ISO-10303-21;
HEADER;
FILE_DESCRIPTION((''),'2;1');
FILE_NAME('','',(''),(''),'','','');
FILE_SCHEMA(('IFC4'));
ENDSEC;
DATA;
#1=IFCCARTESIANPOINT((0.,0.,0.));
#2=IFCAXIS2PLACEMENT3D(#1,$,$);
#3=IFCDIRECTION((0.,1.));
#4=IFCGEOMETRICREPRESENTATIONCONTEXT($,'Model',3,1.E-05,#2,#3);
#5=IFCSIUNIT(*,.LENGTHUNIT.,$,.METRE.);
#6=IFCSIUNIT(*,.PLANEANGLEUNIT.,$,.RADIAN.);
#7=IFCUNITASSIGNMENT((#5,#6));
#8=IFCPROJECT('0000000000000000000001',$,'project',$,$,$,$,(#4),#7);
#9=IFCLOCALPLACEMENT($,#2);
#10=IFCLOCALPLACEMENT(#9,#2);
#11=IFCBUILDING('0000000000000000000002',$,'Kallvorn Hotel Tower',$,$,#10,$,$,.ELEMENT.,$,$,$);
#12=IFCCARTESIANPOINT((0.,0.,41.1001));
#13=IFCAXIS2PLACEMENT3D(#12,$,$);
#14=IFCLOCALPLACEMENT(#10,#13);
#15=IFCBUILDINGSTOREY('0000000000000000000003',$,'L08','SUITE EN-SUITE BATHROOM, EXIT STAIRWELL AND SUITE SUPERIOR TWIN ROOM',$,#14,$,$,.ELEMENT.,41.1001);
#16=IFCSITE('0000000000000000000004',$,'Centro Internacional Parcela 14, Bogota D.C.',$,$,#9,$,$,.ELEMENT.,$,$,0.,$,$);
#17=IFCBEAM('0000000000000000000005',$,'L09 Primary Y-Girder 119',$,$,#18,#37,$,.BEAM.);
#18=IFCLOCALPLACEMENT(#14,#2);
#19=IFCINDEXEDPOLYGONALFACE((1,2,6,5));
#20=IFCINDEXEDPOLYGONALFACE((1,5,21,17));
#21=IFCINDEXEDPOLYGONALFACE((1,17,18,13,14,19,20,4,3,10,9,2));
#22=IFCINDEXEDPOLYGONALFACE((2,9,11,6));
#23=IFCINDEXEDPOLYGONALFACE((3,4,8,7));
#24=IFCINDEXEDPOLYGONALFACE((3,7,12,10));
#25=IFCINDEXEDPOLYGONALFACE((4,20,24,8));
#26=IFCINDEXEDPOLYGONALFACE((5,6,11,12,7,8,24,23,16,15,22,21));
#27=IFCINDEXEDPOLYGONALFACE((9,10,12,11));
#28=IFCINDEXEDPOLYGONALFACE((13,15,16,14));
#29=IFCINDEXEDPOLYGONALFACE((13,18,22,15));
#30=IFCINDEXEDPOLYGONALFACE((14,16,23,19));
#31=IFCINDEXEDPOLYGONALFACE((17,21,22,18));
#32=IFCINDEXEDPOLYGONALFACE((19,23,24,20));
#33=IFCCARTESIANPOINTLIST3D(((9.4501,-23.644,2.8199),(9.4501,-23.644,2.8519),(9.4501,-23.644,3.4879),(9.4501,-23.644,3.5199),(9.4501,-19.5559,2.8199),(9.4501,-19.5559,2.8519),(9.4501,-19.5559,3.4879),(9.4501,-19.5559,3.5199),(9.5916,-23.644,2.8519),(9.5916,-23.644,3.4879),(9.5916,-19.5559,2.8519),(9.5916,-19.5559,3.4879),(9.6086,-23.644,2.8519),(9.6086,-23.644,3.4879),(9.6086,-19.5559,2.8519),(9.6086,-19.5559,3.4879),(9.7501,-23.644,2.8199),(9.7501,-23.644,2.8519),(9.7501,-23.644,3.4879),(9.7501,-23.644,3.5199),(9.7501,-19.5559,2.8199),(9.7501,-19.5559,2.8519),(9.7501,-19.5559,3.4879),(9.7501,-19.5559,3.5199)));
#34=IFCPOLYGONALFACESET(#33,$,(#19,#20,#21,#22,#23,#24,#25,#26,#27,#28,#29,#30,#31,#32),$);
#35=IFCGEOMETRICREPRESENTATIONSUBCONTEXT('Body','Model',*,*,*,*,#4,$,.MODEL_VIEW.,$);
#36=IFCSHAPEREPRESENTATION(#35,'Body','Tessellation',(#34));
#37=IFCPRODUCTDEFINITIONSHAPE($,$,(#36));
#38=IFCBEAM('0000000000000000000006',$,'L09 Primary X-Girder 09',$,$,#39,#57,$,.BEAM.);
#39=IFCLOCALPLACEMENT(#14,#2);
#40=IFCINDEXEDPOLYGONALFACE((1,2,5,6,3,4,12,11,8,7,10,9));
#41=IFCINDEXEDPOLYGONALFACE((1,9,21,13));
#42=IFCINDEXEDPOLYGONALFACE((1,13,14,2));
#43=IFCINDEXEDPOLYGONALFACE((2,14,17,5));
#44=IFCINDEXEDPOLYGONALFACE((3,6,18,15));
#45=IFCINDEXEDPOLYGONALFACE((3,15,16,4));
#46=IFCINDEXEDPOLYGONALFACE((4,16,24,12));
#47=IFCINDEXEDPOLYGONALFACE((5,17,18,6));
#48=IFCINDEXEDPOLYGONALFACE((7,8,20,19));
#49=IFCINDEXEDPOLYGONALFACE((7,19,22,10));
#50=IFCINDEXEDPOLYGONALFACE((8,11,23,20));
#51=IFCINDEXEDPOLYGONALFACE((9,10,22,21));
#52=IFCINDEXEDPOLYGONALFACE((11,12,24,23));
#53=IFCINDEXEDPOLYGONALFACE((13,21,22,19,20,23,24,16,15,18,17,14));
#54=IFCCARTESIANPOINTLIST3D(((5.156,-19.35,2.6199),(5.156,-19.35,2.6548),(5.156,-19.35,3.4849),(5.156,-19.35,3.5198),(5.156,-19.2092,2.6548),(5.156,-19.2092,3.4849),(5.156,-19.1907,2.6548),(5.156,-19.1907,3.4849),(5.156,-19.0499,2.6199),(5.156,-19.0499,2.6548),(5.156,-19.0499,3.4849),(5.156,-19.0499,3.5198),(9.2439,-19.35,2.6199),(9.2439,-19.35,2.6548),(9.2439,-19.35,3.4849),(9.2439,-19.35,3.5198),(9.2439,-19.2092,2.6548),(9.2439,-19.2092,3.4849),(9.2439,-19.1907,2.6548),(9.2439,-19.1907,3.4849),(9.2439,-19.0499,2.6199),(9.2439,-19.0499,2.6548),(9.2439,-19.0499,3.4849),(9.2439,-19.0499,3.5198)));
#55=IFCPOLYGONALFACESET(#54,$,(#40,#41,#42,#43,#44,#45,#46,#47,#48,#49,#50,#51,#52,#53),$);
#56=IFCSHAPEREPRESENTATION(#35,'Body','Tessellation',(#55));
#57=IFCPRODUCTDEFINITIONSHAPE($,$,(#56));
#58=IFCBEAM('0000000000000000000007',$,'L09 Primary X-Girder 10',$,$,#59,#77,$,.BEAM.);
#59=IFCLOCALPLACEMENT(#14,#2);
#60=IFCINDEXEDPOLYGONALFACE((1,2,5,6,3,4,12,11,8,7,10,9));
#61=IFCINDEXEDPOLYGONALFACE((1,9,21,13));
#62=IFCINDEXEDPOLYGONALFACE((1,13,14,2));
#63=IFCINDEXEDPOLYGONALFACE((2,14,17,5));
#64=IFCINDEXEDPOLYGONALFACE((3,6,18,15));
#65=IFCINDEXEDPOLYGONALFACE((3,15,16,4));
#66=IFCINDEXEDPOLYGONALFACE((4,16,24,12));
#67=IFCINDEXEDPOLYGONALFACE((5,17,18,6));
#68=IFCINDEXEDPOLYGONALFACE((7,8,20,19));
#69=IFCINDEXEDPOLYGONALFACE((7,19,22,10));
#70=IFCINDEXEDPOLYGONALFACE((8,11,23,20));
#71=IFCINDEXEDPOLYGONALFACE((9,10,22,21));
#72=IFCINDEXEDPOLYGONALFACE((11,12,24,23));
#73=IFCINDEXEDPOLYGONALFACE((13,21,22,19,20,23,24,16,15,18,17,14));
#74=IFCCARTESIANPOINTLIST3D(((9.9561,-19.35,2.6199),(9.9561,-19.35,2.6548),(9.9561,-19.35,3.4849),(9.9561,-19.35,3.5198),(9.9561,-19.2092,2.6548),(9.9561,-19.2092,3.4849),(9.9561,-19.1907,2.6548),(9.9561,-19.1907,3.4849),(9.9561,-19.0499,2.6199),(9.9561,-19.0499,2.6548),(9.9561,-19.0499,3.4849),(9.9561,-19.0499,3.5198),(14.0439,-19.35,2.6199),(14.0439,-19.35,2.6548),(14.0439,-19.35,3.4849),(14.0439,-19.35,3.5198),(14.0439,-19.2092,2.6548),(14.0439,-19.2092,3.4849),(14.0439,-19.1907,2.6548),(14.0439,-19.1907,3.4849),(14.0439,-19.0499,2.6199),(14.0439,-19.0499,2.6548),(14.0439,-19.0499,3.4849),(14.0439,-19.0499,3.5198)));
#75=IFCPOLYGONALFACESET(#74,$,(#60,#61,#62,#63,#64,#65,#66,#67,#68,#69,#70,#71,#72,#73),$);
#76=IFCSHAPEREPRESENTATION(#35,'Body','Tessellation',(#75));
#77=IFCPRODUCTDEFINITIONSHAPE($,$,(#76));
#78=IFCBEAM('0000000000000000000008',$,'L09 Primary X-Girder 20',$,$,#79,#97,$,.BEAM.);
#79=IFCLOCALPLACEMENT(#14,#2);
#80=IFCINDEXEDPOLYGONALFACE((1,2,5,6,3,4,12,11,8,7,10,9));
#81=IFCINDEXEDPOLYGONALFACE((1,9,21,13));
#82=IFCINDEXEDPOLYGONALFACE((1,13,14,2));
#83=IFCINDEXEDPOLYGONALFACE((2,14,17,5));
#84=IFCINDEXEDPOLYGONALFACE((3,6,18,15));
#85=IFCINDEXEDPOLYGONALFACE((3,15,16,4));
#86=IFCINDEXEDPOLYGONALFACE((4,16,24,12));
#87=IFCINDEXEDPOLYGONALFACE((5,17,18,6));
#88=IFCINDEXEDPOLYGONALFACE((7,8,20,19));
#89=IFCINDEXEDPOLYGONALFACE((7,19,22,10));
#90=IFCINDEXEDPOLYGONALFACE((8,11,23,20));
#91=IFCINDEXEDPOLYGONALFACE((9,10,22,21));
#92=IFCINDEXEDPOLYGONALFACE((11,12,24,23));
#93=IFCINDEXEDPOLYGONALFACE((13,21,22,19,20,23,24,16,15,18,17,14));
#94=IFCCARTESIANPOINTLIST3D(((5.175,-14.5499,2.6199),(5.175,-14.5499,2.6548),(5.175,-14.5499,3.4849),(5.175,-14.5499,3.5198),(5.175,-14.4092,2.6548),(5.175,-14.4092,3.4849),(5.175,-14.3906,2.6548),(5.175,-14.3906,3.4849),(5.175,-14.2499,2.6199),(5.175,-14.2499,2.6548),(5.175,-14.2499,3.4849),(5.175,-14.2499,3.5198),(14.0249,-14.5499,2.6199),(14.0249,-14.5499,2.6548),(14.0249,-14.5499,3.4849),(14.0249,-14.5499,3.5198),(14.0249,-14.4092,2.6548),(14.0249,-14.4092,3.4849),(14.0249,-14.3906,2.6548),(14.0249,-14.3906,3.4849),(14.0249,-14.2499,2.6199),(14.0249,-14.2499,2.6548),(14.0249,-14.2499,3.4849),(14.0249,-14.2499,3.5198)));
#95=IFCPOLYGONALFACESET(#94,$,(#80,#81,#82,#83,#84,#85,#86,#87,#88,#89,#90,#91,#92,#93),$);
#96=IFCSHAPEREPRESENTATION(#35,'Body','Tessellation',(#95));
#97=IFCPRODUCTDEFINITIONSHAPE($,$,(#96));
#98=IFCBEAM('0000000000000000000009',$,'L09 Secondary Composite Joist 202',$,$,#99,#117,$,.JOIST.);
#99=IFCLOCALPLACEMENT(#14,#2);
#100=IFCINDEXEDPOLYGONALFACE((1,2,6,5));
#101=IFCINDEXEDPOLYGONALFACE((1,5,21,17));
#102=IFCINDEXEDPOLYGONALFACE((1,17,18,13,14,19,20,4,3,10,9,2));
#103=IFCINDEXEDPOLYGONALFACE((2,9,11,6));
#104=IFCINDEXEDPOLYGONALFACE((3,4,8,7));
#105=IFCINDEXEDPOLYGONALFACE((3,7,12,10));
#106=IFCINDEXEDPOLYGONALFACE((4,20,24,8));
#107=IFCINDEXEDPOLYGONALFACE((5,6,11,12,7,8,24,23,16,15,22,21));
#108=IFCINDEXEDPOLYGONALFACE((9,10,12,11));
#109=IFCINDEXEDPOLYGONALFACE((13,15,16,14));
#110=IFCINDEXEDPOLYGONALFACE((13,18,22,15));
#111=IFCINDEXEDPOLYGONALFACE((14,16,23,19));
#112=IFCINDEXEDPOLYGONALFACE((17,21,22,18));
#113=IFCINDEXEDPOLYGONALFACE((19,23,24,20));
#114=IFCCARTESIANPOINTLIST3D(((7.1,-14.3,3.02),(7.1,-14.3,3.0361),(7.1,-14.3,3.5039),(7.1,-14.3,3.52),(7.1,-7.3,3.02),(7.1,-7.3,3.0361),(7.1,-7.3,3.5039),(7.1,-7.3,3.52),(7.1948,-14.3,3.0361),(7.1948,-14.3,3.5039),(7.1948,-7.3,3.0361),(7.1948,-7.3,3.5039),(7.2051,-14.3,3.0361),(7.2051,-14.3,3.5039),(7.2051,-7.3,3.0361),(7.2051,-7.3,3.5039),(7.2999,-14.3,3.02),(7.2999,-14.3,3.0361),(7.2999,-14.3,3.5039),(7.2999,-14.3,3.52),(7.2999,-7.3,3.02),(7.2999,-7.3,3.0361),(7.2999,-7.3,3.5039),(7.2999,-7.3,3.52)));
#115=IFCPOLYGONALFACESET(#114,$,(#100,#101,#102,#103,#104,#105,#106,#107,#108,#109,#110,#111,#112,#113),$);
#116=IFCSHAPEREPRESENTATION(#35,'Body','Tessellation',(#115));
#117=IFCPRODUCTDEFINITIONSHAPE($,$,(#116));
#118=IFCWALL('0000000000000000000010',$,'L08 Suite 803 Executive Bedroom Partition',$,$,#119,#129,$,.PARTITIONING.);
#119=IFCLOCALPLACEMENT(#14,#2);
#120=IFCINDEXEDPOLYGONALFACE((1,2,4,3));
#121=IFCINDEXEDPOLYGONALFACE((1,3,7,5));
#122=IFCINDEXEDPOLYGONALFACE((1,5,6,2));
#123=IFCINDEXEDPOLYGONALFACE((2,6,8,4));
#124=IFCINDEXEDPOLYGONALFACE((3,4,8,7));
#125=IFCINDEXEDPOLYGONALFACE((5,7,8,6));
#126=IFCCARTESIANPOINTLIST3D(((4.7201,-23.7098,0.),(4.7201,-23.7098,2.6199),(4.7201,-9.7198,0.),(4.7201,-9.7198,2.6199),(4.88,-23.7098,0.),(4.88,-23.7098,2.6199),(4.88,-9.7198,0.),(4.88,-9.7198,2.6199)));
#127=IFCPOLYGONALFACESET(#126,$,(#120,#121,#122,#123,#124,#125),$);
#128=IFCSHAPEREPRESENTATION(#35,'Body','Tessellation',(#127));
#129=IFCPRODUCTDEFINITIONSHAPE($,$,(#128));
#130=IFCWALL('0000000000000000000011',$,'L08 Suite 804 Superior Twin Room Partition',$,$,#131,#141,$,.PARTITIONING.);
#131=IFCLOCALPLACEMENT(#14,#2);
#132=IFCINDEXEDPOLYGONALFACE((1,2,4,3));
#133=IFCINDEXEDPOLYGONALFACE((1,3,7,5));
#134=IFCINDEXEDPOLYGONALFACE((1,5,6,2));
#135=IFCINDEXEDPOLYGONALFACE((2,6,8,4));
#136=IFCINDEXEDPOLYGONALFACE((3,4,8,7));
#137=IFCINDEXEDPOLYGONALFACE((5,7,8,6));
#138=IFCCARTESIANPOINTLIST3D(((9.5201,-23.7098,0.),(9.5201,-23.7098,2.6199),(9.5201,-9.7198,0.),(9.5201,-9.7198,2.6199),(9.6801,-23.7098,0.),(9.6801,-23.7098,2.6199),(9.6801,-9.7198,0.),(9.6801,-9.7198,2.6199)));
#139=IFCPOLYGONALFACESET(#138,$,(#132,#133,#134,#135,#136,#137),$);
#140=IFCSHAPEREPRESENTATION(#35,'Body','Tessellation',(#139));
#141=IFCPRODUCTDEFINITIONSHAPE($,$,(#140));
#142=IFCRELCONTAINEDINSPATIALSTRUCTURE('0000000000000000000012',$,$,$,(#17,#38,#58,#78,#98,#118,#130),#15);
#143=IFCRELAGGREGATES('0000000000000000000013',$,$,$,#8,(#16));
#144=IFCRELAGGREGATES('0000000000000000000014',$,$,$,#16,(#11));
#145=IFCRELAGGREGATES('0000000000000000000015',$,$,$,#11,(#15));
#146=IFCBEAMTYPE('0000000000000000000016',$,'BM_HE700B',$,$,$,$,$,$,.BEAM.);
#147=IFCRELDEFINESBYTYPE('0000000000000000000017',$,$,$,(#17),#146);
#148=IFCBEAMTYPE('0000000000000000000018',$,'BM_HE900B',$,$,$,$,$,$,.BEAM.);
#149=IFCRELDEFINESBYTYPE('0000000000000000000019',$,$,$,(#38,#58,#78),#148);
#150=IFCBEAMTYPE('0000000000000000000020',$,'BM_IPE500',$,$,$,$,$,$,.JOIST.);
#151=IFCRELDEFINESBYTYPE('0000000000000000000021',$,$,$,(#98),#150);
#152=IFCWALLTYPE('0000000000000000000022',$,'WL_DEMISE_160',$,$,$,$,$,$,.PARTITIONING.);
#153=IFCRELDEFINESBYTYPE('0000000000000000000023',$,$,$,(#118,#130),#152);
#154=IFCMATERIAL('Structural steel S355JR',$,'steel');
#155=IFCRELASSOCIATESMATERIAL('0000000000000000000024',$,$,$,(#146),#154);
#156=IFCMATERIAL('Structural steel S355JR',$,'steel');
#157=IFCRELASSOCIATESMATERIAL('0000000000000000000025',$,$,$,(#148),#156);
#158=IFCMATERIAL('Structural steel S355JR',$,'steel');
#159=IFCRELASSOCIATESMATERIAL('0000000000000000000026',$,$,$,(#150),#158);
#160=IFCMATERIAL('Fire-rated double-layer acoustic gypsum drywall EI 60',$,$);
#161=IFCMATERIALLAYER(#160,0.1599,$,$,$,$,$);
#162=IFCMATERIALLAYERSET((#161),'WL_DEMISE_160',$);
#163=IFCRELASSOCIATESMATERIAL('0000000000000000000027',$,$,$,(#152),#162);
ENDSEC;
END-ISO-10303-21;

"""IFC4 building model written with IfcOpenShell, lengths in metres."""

from ifc_helpers import new_model, si_unit, direction, frame, frame_2d, origin, origin_2d, place, context, subcontext, project, spatial, rectangle, i_section, extrude, material, layer, layer_set, material_profile, profile_set, type_object, element, save


model = new_model("IFC4")

# Units and contexts
model_context = context("Model", 3, precision=1e-05, world=origin(), true_north=direction((0.0, 1.0)))
body_context = subcontext(model_context, "Body", "Model", "MODEL_VIEW")
ifc_project = project(units=[si_unit("LENGTHUNIT", "METRE"), si_unit("PLANEANGLEUNIT", "RADIAN")], contexts=[model_context])

# Site, building, storey
site_placement = place(None, origin())
site = spatial("IfcSite", under=ifc_project, at=site_placement, Name="Centro Internacional Parcela 14, Bogota D.C.", CompositionType="ELEMENT", RefElevation=0.0)
building_placement = place(site_placement, origin())
building = spatial("IfcBuilding", under=site, at=building_placement, Name="Kallvorn Hotel Tower", CompositionType="ELEMENT")
storey_placement = place(building_placement, frame((0.0, 0.0, 41.1001)))
storey = spatial("IfcBuildingStorey", under=building, at=storey_placement, Name="L08", Description="SUITE EN-SUITE BATHROOM, EXIT STAIRWELL AND SUITE SUPERIOR TWIN ROOM", CompositionType="ELEMENT", Elevation=41.1001)

# Beams
ifc_material_1 = material(Name="Structural steel S355JR", Category="steel")
ifc_material_profile_1 = material_profile(ifc_material_1, i_section(OverallWidth=0.3, OverallDepth=0.7, WebThickness=0.0171, FlangeThickness=0.032, at=origin_2d()), Name="HE 700 B")
ifc_profile_set_1 = profile_set([ifc_material_profile_1], Name="Structural steel S355JR")
beam_type_1 = type_object("IfcBeamType", Name="BM_HE700B", PredefinedType="BEAM", material=ifc_profile_set_1)
beam_1_placement = place(storey_placement, frame((9.6001, -23.644, 3.1699), z_axis=(0.0, 1.0, 0.0), x_axis=(-1.0, 0.0, 0.0)))
element("IfcBeam", 1, at=beam_1_placement, inside=storey, type_object=beam_type_1, Name="L09 Primary Y-Girder 119", PredefinedType="BEAM", context=body_context, shape_type="SweptSolid", body=[
    extrude(i_section(OverallWidth=0.3, OverallDepth=0.7, WebThickness=0.0171, FlangeThickness=0.032, at=origin_2d()), origin(), (0.0, 0.0, 1.0), 4.0881),
])
ifc_material_2 = material(Name="Structural steel S355JR", Category="steel")
ifc_material_profile_2 = material_profile(ifc_material_2, i_section(OverallWidth=0.3, OverallDepth=0.8999, WebThickness=0.0186, FlangeThickness=0.0349, at=origin_2d()), Name="HE 900 B")
ifc_profile_set_2 = profile_set([ifc_material_profile_2], Name="Structural steel S355JR")
beam_type_2 = type_object("IfcBeamType", Name="BM_HE900B", PredefinedType="BEAM", material=ifc_profile_set_2)
for number, where, z_axis, x_axis, name in (
    (2, (5.156, -19.2, 3.0698), (1.0, 0.0, 0.0), (0.0, 1.0, 0.0), "L09 Primary X-Girder 09"),
    (3, (9.9561, -19.2, 3.0698), (1.0, 0.0, 0.0), (0.0, 1.0, 0.0), "L09 Primary X-Girder 10"),
):
    element("IfcBeam", number, at=place(storey_placement, frame(where, z_axis=z_axis, x_axis=x_axis)), inside=storey, type_object=beam_type_2, Name=name, PredefinedType="BEAM", context=body_context, shape_type="SweptSolid", body=[
        extrude(i_section(OverallWidth=0.3, OverallDepth=0.8999, WebThickness=0.0186, FlangeThickness=0.0349, at=origin_2d()), origin(), (0.0, 0.0, 1.0), 4.0879),
    ])
beam_2_placement = place(storey_placement, frame((5.175, -14.3999, 3.0698), z_axis=(1.0, 0.0, 0.0), x_axis=(0.0, 1.0, 0.0)))
element("IfcBeam", 4, at=beam_2_placement, inside=storey, type_object=beam_type_2, Name="L09 Primary X-Girder 20", PredefinedType="BEAM", context=body_context, shape_type="SweptSolid", body=[
    extrude(i_section(OverallWidth=0.3, OverallDepth=0.8999, WebThickness=0.0186, FlangeThickness=0.0349, at=origin_2d()), origin(), (0.0, 0.0, 1.0), 8.8499),
])
ifc_material_3 = material(Name="Structural steel S355JR", Category="steel")
ifc_material_profile_3 = material_profile(ifc_material_3, i_section(OverallWidth=0.2, OverallDepth=0.5, WebThickness=0.0103, FlangeThickness=0.0161, at=origin_2d()), Name="IPE 500")
ifc_profile_set_3 = profile_set([ifc_material_profile_3], Name="Structural steel S355JR")
beam_type_3 = type_object("IfcBeamType", Name="BM_IPE500", PredefinedType="JOIST", material=ifc_profile_set_3)
beam_3_placement = place(storey_placement, frame((7.2, -14.3, 3.27), z_axis=(0.0, 1.0, 0.0), x_axis=(-1.0, 0.0, 0.0)))
element("IfcBeam", 5, at=beam_3_placement, inside=storey, type_object=beam_type_3, Name="L09 Secondary Composite Joist 202", PredefinedType="JOIST", context=body_context, shape_type="SweptSolid", body=[
    extrude(i_section(OverallWidth=0.2, OverallDepth=0.5, WebThickness=0.0103, FlangeThickness=0.0161, at=origin_2d()), origin(), (0.0, 0.0, 1.0), 7.0),
])

# Walls
ifc_material_4 = material(Name="Fire-rated double-layer acoustic gypsum drywall EI 60")
ifc_layer = layer(ifc_material_4, 0.1599)
ifc_layer_set = layer_set([ifc_layer], Name="WL_DEMISE_160")
wall_type = type_object("IfcWallType", Name="WL_DEMISE_160", PredefinedType="PARTITIONING", material=ifc_layer_set)
for number, where, z_axis, x_axis, name in (
    (6, (4.8, -23.71, 0.0), (0.0, 0.0, 1.0), (0.0, 1.0, 0.0), "L08 Suite 803 Executive Bedroom Partition"),
    (7, (9.6001, -23.71, 0.0), (0.0, 0.0, 1.0), (0.0, 1.0, 0.0), "L08 Suite 804 Superior Twin Room Partition"),
):
    element("IfcWall", number, at=place(storey_placement, frame(where, z_axis=z_axis, x_axis=x_axis)), inside=storey, type_object=wall_type, Name=name, PredefinedType="PARTITIONING", context=body_context, shape_type="SweptSolid", body=[
        extrude(rectangle(XDim=13.99, YDim=0.1599, at=frame_2d((6.9951, 0.0))), origin(), (0.0, 0.0, 1.0), 2.6199),
    ])

save(model, "model.ifc")
